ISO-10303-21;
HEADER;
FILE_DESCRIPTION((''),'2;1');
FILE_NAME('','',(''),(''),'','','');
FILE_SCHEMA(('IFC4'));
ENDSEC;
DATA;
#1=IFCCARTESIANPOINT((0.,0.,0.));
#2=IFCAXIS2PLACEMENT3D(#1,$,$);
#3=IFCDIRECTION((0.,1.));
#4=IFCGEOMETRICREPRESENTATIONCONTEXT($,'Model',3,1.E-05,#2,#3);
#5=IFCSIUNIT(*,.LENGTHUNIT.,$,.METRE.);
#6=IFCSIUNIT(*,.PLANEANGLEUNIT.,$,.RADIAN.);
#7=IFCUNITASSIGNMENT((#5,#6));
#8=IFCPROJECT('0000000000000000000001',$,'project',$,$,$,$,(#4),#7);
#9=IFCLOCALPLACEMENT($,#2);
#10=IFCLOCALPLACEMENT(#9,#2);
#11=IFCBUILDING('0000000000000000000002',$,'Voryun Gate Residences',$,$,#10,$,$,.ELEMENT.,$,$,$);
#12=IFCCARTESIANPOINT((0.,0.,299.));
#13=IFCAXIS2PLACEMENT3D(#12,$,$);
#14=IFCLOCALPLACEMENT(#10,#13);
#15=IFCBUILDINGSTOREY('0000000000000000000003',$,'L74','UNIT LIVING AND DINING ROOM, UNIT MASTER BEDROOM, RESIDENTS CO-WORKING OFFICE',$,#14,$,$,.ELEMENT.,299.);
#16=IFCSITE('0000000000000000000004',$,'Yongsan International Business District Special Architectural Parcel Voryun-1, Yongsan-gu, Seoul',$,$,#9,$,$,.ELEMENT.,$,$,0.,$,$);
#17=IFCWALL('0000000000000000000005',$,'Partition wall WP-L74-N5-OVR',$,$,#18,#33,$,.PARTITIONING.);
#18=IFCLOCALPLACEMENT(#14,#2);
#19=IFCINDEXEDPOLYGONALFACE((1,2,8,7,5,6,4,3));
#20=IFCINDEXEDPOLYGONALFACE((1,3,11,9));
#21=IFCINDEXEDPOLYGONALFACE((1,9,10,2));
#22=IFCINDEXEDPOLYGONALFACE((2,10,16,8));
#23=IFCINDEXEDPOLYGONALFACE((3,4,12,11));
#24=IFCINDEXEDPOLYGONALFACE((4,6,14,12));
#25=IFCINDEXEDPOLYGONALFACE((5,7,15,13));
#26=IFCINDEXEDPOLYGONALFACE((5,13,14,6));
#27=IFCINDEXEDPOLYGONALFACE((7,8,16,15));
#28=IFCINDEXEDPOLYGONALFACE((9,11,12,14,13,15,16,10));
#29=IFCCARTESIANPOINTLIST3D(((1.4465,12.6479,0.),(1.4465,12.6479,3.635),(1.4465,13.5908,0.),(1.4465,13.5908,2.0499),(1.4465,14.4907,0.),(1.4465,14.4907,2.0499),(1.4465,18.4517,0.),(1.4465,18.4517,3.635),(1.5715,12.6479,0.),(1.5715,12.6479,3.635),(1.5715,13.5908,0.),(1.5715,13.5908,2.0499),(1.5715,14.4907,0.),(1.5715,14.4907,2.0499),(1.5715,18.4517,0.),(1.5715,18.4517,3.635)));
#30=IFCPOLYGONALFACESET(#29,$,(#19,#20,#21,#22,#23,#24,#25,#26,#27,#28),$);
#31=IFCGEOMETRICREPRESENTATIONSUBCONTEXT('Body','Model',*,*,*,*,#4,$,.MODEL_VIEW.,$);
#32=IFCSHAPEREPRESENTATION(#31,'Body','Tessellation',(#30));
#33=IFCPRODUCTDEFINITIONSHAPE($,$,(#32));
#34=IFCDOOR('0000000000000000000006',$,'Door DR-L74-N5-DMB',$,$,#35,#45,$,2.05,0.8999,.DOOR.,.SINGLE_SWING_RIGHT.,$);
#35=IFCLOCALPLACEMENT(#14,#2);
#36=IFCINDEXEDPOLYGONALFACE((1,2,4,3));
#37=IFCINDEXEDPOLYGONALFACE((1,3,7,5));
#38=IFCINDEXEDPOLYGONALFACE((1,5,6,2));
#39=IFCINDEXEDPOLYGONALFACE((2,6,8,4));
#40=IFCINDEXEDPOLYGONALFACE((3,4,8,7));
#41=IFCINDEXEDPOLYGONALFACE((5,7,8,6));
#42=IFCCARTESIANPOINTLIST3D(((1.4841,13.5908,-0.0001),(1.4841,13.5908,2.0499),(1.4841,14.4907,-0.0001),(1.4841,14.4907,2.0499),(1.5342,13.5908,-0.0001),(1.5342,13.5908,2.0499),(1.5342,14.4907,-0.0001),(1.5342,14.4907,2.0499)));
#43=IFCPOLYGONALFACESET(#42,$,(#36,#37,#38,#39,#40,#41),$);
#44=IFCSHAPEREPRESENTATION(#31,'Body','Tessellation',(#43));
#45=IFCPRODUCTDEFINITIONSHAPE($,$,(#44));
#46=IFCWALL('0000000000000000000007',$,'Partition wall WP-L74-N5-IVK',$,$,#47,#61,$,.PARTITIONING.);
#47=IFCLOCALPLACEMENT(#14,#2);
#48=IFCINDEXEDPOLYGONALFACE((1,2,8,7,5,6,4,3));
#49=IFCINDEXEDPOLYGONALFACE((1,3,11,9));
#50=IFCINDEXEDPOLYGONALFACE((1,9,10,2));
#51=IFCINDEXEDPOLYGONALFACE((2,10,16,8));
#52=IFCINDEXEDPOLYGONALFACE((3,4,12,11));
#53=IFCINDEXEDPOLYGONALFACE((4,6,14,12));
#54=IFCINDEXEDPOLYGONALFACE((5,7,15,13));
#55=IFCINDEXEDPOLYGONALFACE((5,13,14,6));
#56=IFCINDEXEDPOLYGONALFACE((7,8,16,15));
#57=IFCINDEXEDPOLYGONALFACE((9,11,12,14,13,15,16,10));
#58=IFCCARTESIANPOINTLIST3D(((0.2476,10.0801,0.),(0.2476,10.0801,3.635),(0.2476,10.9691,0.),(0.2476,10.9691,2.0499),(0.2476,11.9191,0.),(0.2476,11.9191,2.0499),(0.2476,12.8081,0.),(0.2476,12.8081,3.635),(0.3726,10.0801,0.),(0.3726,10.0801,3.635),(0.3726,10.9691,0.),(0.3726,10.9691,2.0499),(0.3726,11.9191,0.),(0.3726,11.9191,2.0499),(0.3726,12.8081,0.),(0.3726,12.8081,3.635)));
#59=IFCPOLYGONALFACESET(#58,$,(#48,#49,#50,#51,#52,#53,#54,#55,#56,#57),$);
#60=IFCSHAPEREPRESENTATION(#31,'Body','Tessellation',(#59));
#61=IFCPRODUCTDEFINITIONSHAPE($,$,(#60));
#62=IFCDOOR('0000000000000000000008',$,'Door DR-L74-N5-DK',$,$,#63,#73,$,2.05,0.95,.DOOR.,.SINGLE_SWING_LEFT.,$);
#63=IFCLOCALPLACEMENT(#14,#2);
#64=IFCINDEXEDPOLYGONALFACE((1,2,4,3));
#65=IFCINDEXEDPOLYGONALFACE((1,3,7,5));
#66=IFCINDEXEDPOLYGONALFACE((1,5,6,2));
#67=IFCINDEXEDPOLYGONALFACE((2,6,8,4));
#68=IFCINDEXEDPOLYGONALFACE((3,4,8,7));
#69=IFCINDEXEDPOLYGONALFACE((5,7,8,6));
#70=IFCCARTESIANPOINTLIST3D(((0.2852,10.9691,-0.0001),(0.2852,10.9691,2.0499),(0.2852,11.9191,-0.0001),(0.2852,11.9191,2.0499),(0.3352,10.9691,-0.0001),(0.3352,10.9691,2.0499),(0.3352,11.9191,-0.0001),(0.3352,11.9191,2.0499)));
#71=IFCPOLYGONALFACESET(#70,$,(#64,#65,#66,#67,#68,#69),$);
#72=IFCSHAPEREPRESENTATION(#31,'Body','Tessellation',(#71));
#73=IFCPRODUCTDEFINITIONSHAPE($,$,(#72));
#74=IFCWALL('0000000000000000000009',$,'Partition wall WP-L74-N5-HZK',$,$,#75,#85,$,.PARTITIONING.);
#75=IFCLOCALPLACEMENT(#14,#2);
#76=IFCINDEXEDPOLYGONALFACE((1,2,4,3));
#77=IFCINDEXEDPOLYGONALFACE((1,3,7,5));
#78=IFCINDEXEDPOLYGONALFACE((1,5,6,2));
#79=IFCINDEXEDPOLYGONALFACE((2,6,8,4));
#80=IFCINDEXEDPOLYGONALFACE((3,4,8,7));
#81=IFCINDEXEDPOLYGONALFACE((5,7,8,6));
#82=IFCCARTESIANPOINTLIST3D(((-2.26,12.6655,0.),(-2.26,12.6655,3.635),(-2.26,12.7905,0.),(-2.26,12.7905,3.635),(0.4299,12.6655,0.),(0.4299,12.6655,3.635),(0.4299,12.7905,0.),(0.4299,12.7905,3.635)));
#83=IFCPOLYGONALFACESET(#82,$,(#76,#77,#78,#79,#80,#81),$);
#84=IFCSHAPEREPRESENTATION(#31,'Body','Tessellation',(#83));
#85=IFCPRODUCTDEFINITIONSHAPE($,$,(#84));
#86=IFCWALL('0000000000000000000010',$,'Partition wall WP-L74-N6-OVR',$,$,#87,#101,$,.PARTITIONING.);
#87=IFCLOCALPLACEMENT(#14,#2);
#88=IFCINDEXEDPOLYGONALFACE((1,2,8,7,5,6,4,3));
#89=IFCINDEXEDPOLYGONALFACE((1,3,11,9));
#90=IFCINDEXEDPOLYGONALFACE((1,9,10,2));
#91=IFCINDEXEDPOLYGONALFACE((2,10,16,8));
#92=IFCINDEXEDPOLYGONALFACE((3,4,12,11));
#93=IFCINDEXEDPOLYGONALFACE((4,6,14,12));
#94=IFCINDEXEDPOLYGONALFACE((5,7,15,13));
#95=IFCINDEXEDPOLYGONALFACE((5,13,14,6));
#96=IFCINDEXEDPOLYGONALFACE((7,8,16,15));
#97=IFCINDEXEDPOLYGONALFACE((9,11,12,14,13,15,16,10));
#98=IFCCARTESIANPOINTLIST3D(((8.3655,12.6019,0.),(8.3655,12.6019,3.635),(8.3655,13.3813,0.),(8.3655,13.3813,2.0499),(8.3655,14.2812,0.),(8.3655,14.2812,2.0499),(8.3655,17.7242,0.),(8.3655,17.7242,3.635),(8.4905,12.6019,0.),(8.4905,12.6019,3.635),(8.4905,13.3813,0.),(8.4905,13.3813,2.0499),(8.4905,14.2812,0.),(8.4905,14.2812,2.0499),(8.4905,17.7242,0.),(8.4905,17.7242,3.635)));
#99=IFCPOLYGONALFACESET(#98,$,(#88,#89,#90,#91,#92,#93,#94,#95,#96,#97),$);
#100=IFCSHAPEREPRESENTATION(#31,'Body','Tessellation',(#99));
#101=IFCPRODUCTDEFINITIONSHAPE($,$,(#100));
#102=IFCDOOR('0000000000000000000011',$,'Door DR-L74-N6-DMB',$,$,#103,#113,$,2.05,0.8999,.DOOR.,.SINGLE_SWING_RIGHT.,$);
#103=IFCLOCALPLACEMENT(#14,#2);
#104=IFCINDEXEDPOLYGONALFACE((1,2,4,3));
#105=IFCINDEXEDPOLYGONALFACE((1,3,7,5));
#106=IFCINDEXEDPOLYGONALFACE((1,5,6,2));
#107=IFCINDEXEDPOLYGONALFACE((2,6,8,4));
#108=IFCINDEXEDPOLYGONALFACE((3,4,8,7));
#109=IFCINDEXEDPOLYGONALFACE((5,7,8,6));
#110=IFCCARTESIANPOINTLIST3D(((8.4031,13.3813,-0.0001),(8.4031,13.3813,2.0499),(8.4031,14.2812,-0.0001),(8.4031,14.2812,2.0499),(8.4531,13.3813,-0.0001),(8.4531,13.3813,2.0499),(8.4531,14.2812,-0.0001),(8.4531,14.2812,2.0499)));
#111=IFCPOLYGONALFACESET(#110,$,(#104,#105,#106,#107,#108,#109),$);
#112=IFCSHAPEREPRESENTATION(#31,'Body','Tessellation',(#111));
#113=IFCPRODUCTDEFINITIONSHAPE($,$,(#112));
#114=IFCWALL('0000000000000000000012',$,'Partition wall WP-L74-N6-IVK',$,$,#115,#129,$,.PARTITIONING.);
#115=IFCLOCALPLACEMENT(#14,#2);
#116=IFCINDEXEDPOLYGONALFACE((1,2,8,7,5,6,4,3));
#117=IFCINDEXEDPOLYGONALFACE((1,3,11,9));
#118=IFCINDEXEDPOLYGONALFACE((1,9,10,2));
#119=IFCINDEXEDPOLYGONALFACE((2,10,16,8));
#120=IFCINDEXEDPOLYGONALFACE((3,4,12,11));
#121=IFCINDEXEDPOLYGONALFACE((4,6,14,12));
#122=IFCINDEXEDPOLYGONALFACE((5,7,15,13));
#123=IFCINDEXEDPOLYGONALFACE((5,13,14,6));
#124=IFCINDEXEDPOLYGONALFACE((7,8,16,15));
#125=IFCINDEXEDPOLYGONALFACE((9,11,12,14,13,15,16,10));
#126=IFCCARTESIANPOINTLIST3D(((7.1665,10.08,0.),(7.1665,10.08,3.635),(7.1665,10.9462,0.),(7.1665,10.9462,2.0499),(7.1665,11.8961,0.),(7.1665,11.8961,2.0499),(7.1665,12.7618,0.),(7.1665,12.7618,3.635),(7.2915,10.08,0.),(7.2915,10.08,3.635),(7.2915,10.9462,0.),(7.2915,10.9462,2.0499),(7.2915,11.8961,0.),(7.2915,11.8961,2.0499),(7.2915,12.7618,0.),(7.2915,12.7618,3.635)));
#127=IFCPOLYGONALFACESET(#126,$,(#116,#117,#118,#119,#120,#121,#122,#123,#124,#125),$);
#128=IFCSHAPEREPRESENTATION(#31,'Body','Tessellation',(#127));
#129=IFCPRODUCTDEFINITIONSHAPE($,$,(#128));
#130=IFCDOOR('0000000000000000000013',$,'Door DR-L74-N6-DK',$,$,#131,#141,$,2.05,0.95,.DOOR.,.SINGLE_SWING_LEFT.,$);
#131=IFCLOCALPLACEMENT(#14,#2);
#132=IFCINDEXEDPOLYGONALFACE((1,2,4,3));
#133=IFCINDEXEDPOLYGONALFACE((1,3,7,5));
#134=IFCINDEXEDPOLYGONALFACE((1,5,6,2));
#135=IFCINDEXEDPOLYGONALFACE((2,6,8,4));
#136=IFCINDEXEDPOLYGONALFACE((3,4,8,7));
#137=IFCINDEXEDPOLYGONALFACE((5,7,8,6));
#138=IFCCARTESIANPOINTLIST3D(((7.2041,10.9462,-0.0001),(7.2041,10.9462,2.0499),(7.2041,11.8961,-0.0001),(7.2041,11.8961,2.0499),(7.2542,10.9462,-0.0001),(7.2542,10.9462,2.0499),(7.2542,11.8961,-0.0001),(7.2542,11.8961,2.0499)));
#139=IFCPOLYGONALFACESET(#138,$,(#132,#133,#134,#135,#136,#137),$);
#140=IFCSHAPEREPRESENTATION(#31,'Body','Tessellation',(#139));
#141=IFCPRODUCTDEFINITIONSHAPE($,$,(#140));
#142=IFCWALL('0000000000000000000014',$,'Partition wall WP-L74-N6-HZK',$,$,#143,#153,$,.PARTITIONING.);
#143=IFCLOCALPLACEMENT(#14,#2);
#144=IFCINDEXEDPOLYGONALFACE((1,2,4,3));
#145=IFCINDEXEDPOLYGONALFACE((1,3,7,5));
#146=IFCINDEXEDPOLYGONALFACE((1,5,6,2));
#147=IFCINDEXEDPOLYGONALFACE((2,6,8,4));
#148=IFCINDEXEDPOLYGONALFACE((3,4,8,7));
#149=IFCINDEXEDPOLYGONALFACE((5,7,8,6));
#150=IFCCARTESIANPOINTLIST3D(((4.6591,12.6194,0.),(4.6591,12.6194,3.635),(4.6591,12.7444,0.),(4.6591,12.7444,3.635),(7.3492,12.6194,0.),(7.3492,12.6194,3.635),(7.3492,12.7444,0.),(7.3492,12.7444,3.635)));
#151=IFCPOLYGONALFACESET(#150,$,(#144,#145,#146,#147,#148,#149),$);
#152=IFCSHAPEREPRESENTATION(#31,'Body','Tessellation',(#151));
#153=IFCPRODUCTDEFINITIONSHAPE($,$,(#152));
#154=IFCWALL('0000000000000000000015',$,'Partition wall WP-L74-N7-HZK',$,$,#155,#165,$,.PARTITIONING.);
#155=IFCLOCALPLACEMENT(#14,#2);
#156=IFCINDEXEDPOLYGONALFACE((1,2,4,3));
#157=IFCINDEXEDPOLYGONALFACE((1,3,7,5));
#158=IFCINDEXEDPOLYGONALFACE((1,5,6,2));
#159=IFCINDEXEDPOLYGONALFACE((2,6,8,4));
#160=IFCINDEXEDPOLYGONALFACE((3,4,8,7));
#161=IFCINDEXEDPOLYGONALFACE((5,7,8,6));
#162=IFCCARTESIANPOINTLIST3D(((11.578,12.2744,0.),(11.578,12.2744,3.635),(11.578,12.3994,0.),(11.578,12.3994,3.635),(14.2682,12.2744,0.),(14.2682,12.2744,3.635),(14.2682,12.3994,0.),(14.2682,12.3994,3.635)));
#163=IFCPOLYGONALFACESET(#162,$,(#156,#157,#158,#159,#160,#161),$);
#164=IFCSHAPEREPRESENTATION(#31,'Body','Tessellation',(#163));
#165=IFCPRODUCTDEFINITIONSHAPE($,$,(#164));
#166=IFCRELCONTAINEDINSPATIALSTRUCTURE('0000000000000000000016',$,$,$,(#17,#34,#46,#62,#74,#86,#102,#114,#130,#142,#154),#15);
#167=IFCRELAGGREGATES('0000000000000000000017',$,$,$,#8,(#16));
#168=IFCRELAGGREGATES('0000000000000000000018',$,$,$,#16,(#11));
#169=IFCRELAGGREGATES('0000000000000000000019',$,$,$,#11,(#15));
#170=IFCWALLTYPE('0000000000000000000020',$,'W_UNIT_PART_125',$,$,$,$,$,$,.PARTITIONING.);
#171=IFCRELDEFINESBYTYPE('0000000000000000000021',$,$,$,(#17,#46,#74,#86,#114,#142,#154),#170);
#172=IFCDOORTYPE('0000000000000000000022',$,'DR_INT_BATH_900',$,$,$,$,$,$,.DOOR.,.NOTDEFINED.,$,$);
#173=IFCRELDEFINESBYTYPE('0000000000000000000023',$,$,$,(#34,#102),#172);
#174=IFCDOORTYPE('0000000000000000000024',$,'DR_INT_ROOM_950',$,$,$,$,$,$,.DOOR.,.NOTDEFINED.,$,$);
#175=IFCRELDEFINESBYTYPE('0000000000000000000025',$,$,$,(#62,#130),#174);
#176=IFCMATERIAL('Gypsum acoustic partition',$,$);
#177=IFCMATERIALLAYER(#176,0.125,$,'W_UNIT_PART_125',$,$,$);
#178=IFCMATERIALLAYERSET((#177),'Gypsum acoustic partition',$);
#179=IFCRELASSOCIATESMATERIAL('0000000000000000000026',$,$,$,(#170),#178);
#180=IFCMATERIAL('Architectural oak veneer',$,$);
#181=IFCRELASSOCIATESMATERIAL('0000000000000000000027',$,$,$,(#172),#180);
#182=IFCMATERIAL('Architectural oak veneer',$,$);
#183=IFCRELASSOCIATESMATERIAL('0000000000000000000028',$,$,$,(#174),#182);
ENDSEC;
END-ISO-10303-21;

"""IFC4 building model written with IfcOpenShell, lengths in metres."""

from ifc_helpers import new_model, si_unit, direction, frame, frame_2d, origin, place, context, subcontext, project, spatial, rectangle, extrude, material, layer, layer_set, type_object, element, fill, save


model = new_model("IFC4")

# Units and contexts
model_context = context("Model", 3, precision=1e-05, world=origin(), true_north=direction((0.0, 1.0)))
body_context = subcontext(model_context, "Body", "Model", "MODEL_VIEW")
ifc_project = project(units=[si_unit("LENGTHUNIT", "METRE"), si_unit("PLANEANGLEUNIT", "RADIAN")], contexts=[model_context])

# Site, building, storey
site_placement = place(None, origin())
site = spatial("IfcSite", under=ifc_project, at=site_placement, Name="Yongsan International Business District Special Architectural Parcel Voryun-1, Yongsan-gu, Seoul", CompositionType="ELEMENT", RefElevation=0.0)
building_placement = place(site_placement, origin())
building = spatial("IfcBuilding", under=site, at=building_placement, Name="Voryun Gate Residences", CompositionType="ELEMENT")
storey_placement = place(building_placement, frame((0.0, 0.0, 299.0)))
storey = spatial("IfcBuildingStorey", under=building, at=storey_placement, Name="L74", Description="UNIT LIVING AND DINING ROOM, UNIT MASTER BEDROOM, RESIDENTS CO-WORKING OFFICE", CompositionType="ELEMENT", Elevation=299.0)

# Walls, openings, doors
ifc_material_1 = material(Name="Gypsum acoustic partition")
ifc_layer_1 = layer(ifc_material_1, 0.125, Name="W_UNIT_PART_125")
ifc_layer_set_1 = layer_set([ifc_layer_1], Name="Gypsum acoustic partition")
wall_type_1 = type_object("IfcWallType", Name="W_UNIT_PART_125", PredefinedType="PARTITIONING", material=ifc_layer_set_1)
wall_1_placement = place(storey_placement, frame((1.509, 12.6479, 0.0), z_axis=(0.0, 0.0, 1.0), x_axis=(0.0, 1.0, 0.0)))
wall_1 = element("IfcWall", 1, at=wall_1_placement, inside=storey, type_object=wall_type_1, Name="Partition wall WP-L74-N5-OVR", PredefinedType="PARTITIONING", context=body_context, shape_type="SweptSolid", body=[
    extrude(rectangle(XDim=5.8037, YDim=0.125, at=frame_2d((2.9019, 0.0))), origin(), (0.0, 0.0, 1.0), 3.635),
])
opening_1_placement = place(wall_1_placement, frame((0.9429, 0.0, 0.0)))
opening_1 = element("IfcOpeningElement", 2, at=opening_1_placement, cuts=wall_1, PredefinedType="OPENING", context=body_context, shape_type="SweptSolid", body=[
    extrude(rectangle(XDim=0.8999, YDim=2.05, at=frame_2d((0.45, 1.0249))), frame((0.0, 0.0725, 0.0), z_axis=(0.0, -1.0, 0.0), x_axis=(1.0, 0.0, 0.0)), (0.0, 0.0, 1.0), 0.145),
])
ifc_material_2 = material(Name="Architectural oak veneer")
door_type_1 = type_object("IfcDoorType", Name="DR_INT_BATH_900", OperationType="NOTDEFINED", PredefinedType="DOOR", material=ifc_material_2)
door_1_placement = place(opening_1_placement, origin())
door_1 = element("IfcDoor", 3, at=door_1_placement, inside=storey, type_object=door_type_1, Name="Door DR-L74-N5-DMB", OperationType="SINGLE_SWING_RIGHT", OverallHeight=2.05, OverallWidth=0.8999, PredefinedType="DOOR", context=body_context, shape_type="SweptSolid", body=[
    extrude(rectangle(XDim=0.8999, YDim=2.05, at=frame_2d((0.45, 1.0249))), frame((0.0, 0.0249, 0.0), z_axis=(0.0, -1.0, 0.0), x_axis=(1.0, 0.0, 0.0)), (0.0, 0.0, 1.0), 0.05),
])
fill(opening_1, door_1)
wall_2_placement = place(storey_placement, frame((0.3101, 10.0801, 0.0), z_axis=(0.0, 0.0, 1.0), x_axis=(0.0, 1.0, 0.0)))
wall_2 = element("IfcWall", 4, at=wall_2_placement, inside=storey, type_object=wall_type_1, Name="Partition wall WP-L74-N5-IVK", PredefinedType="PARTITIONING", context=body_context, shape_type="SweptSolid", body=[
    extrude(rectangle(XDim=2.728, YDim=0.125, at=frame_2d((1.364, 0.0))), origin(), (0.0, 0.0, 1.0), 3.635),
])
opening_2_placement = place(wall_2_placement, frame((0.8889, 0.0, 0.0)))
opening_2 = element("IfcOpeningElement", 5, at=opening_2_placement, cuts=wall_2, PredefinedType="OPENING", context=body_context, shape_type="SweptSolid", body=[
    extrude(rectangle(XDim=0.95, YDim=2.05, at=frame_2d((0.4751, 1.0249))), frame((0.0, 0.0725, 0.0), z_axis=(0.0, -1.0, 0.0), x_axis=(1.0, 0.0, 0.0)), (0.0, 0.0, 1.0), 0.145),
])
ifc_material_3 = material(Name="Architectural oak veneer")
door_type_2 = type_object("IfcDoorType", Name="DR_INT_ROOM_950", OperationType="NOTDEFINED", PredefinedType="DOOR", material=ifc_material_3)
door_2_placement = place(opening_2_placement, origin())
door_2 = element("IfcDoor", 6, at=door_2_placement, inside=storey, type_object=door_type_2, Name="Door DR-L74-N5-DK", OperationType="SINGLE_SWING_LEFT", OverallHeight=2.05, OverallWidth=0.95, PredefinedType="DOOR", context=body_context, shape_type="SweptSolid", body=[
    extrude(rectangle(XDim=0.95, YDim=2.05, at=frame_2d((0.4751, 1.0249))), frame((0.0, 0.0249, 0.0), z_axis=(0.0, -1.0, 0.0), x_axis=(1.0, 0.0, 0.0)), (0.0, 0.0, 1.0), 0.05),
])
fill(opening_2, door_2)

# Wall
wall_3_placement = place(storey_placement, frame((-2.26, 12.728, 0.0), z_axis=(0.0, 0.0, 1.0), x_axis=(1.0, 0.0, 0.0)))
element("IfcWall", 7, at=wall_3_placement, inside=storey, type_object=wall_type_1, Name="Partition wall WP-L74-N5-HZK", PredefinedType="PARTITIONING", context=body_context, shape_type="SweptSolid", body=[
    extrude(rectangle(XDim=2.6899, YDim=0.125, at=frame_2d((1.345, 0.0))), origin(), (0.0, 0.0, 1.0), 3.635),
])

# Walls, openings, doors
wall_4_placement = place(storey_placement, frame((8.428, 12.6021, 0.0), z_axis=(0.0, 0.0, 1.0), x_axis=(0.0, 1.0, 0.0)))
wall_4 = element("IfcWall", 8, at=wall_4_placement, inside=storey, type_object=wall_type_1, Name="Partition wall WP-L74-N6-OVR", PredefinedType="PARTITIONING", context=body_context, shape_type="SweptSolid", body=[
    extrude(rectangle(XDim=5.1223, YDim=0.125, at=frame_2d((2.561, 0.0))), origin(), (0.0, 0.0, 1.0), 3.635),
])
opening_3_placement = place(wall_4_placement, frame((0.7793, 0.0, 0.0)))
opening_3 = element("IfcOpeningElement", 9, at=opening_3_placement, cuts=wall_4, PredefinedType="OPENING", context=body_context, shape_type="SweptSolid", body=[
    extrude(rectangle(XDim=0.8999, YDim=2.05, at=frame_2d((0.45, 1.0249))), frame((0.0, 0.0725, 0.0), z_axis=(0.0, -1.0, 0.0), x_axis=(1.0, 0.0, 0.0)), (0.0, 0.0, 1.0), 0.145),
])
door_3_placement = place(opening_3_placement, origin())
door_3 = element("IfcDoor", 10, at=door_3_placement, inside=storey, type_object=door_type_1, Name="Door DR-L74-N6-DMB", OperationType="SINGLE_SWING_RIGHT", OverallHeight=2.05, OverallWidth=0.8999, PredefinedType="DOOR", context=body_context, shape_type="SweptSolid", body=[
    extrude(rectangle(XDim=0.8999, YDim=2.05, at=frame_2d((0.45, 1.0249))), frame((0.0, 0.0249, 0.0), z_axis=(0.0, -1.0, 0.0), x_axis=(1.0, 0.0, 0.0)), (0.0, 0.0, 1.0), 0.05),
])
fill(opening_3, door_3)
wall_5_placement = place(storey_placement, frame((7.229, 10.0801, 0.0), z_axis=(0.0, 0.0, 1.0), x_axis=(0.0, 1.0, 0.0)))
wall_5 = element("IfcWall", 11, at=wall_5_placement, inside=storey, type_object=wall_type_1, Name="Partition wall WP-L74-N6-IVK", PredefinedType="PARTITIONING", context=body_context, shape_type="SweptSolid", body=[
    extrude(rectangle(XDim=2.6819, YDim=0.125, at=frame_2d((1.3408, 0.0))), origin(), (0.0, 0.0, 1.0), 3.635),
])
opening_4_placement = place(wall_5_placement, frame((0.866, 0.0, 0.0)))
opening_4 = element("IfcOpeningElement", 12, at=opening_4_placement, cuts=wall_5, PredefinedType="OPENING", context=body_context, shape_type="SweptSolid", body=[
    extrude(rectangle(XDim=0.95, YDim=2.05, at=frame_2d((0.4751, 1.0249))), frame((0.0, 0.0725, 0.0), z_axis=(0.0, -1.0, 0.0), x_axis=(1.0, 0.0, 0.0)), (0.0, 0.0, 1.0), 0.145),
])
door_4_placement = place(opening_4_placement, origin())
door_4 = element("IfcDoor", 13, at=door_4_placement, inside=storey, type_object=door_type_2, Name="Door DR-L74-N6-DK", OperationType="SINGLE_SWING_LEFT", OverallHeight=2.05, OverallWidth=0.95, PredefinedType="DOOR", context=body_context, shape_type="SweptSolid", body=[
    extrude(rectangle(XDim=0.95, YDim=2.05, at=frame_2d((0.4751, 1.0249))), frame((0.0, 0.0249, 0.0), z_axis=(0.0, -1.0, 0.0), x_axis=(1.0, 0.0, 0.0)), (0.0, 0.0, 1.0), 0.05),
])
fill(opening_4, door_4)

# Walls
for number, where, z_axis, x_axis, name in (
    (14, (4.6589, 12.6819, 0.0), (0.0, 0.0, 1.0), (1.0, 0.0, 0.0), "Partition wall WP-L74-N6-HZK"),
    (15, (11.5779, 12.3369, 0.0), (0.0, 0.0, 1.0), (1.0, 0.0, 0.0), "Partition wall WP-L74-N7-HZK"),
):
    element("IfcWall", number, at=place(storey_placement, frame(where, z_axis=z_axis, x_axis=x_axis)), inside=storey, type_object=wall_type_1, Name=name, PredefinedType="PARTITIONING", context=body_context, shape_type="SweptSolid", body=[
        extrude(rectangle(XDim=2.6902, YDim=0.125, at=frame_2d((1.3452, 0.0))), origin(), (0.0, 0.0, 1.0), 3.635),
    ])

save(model, "model.ifc")
